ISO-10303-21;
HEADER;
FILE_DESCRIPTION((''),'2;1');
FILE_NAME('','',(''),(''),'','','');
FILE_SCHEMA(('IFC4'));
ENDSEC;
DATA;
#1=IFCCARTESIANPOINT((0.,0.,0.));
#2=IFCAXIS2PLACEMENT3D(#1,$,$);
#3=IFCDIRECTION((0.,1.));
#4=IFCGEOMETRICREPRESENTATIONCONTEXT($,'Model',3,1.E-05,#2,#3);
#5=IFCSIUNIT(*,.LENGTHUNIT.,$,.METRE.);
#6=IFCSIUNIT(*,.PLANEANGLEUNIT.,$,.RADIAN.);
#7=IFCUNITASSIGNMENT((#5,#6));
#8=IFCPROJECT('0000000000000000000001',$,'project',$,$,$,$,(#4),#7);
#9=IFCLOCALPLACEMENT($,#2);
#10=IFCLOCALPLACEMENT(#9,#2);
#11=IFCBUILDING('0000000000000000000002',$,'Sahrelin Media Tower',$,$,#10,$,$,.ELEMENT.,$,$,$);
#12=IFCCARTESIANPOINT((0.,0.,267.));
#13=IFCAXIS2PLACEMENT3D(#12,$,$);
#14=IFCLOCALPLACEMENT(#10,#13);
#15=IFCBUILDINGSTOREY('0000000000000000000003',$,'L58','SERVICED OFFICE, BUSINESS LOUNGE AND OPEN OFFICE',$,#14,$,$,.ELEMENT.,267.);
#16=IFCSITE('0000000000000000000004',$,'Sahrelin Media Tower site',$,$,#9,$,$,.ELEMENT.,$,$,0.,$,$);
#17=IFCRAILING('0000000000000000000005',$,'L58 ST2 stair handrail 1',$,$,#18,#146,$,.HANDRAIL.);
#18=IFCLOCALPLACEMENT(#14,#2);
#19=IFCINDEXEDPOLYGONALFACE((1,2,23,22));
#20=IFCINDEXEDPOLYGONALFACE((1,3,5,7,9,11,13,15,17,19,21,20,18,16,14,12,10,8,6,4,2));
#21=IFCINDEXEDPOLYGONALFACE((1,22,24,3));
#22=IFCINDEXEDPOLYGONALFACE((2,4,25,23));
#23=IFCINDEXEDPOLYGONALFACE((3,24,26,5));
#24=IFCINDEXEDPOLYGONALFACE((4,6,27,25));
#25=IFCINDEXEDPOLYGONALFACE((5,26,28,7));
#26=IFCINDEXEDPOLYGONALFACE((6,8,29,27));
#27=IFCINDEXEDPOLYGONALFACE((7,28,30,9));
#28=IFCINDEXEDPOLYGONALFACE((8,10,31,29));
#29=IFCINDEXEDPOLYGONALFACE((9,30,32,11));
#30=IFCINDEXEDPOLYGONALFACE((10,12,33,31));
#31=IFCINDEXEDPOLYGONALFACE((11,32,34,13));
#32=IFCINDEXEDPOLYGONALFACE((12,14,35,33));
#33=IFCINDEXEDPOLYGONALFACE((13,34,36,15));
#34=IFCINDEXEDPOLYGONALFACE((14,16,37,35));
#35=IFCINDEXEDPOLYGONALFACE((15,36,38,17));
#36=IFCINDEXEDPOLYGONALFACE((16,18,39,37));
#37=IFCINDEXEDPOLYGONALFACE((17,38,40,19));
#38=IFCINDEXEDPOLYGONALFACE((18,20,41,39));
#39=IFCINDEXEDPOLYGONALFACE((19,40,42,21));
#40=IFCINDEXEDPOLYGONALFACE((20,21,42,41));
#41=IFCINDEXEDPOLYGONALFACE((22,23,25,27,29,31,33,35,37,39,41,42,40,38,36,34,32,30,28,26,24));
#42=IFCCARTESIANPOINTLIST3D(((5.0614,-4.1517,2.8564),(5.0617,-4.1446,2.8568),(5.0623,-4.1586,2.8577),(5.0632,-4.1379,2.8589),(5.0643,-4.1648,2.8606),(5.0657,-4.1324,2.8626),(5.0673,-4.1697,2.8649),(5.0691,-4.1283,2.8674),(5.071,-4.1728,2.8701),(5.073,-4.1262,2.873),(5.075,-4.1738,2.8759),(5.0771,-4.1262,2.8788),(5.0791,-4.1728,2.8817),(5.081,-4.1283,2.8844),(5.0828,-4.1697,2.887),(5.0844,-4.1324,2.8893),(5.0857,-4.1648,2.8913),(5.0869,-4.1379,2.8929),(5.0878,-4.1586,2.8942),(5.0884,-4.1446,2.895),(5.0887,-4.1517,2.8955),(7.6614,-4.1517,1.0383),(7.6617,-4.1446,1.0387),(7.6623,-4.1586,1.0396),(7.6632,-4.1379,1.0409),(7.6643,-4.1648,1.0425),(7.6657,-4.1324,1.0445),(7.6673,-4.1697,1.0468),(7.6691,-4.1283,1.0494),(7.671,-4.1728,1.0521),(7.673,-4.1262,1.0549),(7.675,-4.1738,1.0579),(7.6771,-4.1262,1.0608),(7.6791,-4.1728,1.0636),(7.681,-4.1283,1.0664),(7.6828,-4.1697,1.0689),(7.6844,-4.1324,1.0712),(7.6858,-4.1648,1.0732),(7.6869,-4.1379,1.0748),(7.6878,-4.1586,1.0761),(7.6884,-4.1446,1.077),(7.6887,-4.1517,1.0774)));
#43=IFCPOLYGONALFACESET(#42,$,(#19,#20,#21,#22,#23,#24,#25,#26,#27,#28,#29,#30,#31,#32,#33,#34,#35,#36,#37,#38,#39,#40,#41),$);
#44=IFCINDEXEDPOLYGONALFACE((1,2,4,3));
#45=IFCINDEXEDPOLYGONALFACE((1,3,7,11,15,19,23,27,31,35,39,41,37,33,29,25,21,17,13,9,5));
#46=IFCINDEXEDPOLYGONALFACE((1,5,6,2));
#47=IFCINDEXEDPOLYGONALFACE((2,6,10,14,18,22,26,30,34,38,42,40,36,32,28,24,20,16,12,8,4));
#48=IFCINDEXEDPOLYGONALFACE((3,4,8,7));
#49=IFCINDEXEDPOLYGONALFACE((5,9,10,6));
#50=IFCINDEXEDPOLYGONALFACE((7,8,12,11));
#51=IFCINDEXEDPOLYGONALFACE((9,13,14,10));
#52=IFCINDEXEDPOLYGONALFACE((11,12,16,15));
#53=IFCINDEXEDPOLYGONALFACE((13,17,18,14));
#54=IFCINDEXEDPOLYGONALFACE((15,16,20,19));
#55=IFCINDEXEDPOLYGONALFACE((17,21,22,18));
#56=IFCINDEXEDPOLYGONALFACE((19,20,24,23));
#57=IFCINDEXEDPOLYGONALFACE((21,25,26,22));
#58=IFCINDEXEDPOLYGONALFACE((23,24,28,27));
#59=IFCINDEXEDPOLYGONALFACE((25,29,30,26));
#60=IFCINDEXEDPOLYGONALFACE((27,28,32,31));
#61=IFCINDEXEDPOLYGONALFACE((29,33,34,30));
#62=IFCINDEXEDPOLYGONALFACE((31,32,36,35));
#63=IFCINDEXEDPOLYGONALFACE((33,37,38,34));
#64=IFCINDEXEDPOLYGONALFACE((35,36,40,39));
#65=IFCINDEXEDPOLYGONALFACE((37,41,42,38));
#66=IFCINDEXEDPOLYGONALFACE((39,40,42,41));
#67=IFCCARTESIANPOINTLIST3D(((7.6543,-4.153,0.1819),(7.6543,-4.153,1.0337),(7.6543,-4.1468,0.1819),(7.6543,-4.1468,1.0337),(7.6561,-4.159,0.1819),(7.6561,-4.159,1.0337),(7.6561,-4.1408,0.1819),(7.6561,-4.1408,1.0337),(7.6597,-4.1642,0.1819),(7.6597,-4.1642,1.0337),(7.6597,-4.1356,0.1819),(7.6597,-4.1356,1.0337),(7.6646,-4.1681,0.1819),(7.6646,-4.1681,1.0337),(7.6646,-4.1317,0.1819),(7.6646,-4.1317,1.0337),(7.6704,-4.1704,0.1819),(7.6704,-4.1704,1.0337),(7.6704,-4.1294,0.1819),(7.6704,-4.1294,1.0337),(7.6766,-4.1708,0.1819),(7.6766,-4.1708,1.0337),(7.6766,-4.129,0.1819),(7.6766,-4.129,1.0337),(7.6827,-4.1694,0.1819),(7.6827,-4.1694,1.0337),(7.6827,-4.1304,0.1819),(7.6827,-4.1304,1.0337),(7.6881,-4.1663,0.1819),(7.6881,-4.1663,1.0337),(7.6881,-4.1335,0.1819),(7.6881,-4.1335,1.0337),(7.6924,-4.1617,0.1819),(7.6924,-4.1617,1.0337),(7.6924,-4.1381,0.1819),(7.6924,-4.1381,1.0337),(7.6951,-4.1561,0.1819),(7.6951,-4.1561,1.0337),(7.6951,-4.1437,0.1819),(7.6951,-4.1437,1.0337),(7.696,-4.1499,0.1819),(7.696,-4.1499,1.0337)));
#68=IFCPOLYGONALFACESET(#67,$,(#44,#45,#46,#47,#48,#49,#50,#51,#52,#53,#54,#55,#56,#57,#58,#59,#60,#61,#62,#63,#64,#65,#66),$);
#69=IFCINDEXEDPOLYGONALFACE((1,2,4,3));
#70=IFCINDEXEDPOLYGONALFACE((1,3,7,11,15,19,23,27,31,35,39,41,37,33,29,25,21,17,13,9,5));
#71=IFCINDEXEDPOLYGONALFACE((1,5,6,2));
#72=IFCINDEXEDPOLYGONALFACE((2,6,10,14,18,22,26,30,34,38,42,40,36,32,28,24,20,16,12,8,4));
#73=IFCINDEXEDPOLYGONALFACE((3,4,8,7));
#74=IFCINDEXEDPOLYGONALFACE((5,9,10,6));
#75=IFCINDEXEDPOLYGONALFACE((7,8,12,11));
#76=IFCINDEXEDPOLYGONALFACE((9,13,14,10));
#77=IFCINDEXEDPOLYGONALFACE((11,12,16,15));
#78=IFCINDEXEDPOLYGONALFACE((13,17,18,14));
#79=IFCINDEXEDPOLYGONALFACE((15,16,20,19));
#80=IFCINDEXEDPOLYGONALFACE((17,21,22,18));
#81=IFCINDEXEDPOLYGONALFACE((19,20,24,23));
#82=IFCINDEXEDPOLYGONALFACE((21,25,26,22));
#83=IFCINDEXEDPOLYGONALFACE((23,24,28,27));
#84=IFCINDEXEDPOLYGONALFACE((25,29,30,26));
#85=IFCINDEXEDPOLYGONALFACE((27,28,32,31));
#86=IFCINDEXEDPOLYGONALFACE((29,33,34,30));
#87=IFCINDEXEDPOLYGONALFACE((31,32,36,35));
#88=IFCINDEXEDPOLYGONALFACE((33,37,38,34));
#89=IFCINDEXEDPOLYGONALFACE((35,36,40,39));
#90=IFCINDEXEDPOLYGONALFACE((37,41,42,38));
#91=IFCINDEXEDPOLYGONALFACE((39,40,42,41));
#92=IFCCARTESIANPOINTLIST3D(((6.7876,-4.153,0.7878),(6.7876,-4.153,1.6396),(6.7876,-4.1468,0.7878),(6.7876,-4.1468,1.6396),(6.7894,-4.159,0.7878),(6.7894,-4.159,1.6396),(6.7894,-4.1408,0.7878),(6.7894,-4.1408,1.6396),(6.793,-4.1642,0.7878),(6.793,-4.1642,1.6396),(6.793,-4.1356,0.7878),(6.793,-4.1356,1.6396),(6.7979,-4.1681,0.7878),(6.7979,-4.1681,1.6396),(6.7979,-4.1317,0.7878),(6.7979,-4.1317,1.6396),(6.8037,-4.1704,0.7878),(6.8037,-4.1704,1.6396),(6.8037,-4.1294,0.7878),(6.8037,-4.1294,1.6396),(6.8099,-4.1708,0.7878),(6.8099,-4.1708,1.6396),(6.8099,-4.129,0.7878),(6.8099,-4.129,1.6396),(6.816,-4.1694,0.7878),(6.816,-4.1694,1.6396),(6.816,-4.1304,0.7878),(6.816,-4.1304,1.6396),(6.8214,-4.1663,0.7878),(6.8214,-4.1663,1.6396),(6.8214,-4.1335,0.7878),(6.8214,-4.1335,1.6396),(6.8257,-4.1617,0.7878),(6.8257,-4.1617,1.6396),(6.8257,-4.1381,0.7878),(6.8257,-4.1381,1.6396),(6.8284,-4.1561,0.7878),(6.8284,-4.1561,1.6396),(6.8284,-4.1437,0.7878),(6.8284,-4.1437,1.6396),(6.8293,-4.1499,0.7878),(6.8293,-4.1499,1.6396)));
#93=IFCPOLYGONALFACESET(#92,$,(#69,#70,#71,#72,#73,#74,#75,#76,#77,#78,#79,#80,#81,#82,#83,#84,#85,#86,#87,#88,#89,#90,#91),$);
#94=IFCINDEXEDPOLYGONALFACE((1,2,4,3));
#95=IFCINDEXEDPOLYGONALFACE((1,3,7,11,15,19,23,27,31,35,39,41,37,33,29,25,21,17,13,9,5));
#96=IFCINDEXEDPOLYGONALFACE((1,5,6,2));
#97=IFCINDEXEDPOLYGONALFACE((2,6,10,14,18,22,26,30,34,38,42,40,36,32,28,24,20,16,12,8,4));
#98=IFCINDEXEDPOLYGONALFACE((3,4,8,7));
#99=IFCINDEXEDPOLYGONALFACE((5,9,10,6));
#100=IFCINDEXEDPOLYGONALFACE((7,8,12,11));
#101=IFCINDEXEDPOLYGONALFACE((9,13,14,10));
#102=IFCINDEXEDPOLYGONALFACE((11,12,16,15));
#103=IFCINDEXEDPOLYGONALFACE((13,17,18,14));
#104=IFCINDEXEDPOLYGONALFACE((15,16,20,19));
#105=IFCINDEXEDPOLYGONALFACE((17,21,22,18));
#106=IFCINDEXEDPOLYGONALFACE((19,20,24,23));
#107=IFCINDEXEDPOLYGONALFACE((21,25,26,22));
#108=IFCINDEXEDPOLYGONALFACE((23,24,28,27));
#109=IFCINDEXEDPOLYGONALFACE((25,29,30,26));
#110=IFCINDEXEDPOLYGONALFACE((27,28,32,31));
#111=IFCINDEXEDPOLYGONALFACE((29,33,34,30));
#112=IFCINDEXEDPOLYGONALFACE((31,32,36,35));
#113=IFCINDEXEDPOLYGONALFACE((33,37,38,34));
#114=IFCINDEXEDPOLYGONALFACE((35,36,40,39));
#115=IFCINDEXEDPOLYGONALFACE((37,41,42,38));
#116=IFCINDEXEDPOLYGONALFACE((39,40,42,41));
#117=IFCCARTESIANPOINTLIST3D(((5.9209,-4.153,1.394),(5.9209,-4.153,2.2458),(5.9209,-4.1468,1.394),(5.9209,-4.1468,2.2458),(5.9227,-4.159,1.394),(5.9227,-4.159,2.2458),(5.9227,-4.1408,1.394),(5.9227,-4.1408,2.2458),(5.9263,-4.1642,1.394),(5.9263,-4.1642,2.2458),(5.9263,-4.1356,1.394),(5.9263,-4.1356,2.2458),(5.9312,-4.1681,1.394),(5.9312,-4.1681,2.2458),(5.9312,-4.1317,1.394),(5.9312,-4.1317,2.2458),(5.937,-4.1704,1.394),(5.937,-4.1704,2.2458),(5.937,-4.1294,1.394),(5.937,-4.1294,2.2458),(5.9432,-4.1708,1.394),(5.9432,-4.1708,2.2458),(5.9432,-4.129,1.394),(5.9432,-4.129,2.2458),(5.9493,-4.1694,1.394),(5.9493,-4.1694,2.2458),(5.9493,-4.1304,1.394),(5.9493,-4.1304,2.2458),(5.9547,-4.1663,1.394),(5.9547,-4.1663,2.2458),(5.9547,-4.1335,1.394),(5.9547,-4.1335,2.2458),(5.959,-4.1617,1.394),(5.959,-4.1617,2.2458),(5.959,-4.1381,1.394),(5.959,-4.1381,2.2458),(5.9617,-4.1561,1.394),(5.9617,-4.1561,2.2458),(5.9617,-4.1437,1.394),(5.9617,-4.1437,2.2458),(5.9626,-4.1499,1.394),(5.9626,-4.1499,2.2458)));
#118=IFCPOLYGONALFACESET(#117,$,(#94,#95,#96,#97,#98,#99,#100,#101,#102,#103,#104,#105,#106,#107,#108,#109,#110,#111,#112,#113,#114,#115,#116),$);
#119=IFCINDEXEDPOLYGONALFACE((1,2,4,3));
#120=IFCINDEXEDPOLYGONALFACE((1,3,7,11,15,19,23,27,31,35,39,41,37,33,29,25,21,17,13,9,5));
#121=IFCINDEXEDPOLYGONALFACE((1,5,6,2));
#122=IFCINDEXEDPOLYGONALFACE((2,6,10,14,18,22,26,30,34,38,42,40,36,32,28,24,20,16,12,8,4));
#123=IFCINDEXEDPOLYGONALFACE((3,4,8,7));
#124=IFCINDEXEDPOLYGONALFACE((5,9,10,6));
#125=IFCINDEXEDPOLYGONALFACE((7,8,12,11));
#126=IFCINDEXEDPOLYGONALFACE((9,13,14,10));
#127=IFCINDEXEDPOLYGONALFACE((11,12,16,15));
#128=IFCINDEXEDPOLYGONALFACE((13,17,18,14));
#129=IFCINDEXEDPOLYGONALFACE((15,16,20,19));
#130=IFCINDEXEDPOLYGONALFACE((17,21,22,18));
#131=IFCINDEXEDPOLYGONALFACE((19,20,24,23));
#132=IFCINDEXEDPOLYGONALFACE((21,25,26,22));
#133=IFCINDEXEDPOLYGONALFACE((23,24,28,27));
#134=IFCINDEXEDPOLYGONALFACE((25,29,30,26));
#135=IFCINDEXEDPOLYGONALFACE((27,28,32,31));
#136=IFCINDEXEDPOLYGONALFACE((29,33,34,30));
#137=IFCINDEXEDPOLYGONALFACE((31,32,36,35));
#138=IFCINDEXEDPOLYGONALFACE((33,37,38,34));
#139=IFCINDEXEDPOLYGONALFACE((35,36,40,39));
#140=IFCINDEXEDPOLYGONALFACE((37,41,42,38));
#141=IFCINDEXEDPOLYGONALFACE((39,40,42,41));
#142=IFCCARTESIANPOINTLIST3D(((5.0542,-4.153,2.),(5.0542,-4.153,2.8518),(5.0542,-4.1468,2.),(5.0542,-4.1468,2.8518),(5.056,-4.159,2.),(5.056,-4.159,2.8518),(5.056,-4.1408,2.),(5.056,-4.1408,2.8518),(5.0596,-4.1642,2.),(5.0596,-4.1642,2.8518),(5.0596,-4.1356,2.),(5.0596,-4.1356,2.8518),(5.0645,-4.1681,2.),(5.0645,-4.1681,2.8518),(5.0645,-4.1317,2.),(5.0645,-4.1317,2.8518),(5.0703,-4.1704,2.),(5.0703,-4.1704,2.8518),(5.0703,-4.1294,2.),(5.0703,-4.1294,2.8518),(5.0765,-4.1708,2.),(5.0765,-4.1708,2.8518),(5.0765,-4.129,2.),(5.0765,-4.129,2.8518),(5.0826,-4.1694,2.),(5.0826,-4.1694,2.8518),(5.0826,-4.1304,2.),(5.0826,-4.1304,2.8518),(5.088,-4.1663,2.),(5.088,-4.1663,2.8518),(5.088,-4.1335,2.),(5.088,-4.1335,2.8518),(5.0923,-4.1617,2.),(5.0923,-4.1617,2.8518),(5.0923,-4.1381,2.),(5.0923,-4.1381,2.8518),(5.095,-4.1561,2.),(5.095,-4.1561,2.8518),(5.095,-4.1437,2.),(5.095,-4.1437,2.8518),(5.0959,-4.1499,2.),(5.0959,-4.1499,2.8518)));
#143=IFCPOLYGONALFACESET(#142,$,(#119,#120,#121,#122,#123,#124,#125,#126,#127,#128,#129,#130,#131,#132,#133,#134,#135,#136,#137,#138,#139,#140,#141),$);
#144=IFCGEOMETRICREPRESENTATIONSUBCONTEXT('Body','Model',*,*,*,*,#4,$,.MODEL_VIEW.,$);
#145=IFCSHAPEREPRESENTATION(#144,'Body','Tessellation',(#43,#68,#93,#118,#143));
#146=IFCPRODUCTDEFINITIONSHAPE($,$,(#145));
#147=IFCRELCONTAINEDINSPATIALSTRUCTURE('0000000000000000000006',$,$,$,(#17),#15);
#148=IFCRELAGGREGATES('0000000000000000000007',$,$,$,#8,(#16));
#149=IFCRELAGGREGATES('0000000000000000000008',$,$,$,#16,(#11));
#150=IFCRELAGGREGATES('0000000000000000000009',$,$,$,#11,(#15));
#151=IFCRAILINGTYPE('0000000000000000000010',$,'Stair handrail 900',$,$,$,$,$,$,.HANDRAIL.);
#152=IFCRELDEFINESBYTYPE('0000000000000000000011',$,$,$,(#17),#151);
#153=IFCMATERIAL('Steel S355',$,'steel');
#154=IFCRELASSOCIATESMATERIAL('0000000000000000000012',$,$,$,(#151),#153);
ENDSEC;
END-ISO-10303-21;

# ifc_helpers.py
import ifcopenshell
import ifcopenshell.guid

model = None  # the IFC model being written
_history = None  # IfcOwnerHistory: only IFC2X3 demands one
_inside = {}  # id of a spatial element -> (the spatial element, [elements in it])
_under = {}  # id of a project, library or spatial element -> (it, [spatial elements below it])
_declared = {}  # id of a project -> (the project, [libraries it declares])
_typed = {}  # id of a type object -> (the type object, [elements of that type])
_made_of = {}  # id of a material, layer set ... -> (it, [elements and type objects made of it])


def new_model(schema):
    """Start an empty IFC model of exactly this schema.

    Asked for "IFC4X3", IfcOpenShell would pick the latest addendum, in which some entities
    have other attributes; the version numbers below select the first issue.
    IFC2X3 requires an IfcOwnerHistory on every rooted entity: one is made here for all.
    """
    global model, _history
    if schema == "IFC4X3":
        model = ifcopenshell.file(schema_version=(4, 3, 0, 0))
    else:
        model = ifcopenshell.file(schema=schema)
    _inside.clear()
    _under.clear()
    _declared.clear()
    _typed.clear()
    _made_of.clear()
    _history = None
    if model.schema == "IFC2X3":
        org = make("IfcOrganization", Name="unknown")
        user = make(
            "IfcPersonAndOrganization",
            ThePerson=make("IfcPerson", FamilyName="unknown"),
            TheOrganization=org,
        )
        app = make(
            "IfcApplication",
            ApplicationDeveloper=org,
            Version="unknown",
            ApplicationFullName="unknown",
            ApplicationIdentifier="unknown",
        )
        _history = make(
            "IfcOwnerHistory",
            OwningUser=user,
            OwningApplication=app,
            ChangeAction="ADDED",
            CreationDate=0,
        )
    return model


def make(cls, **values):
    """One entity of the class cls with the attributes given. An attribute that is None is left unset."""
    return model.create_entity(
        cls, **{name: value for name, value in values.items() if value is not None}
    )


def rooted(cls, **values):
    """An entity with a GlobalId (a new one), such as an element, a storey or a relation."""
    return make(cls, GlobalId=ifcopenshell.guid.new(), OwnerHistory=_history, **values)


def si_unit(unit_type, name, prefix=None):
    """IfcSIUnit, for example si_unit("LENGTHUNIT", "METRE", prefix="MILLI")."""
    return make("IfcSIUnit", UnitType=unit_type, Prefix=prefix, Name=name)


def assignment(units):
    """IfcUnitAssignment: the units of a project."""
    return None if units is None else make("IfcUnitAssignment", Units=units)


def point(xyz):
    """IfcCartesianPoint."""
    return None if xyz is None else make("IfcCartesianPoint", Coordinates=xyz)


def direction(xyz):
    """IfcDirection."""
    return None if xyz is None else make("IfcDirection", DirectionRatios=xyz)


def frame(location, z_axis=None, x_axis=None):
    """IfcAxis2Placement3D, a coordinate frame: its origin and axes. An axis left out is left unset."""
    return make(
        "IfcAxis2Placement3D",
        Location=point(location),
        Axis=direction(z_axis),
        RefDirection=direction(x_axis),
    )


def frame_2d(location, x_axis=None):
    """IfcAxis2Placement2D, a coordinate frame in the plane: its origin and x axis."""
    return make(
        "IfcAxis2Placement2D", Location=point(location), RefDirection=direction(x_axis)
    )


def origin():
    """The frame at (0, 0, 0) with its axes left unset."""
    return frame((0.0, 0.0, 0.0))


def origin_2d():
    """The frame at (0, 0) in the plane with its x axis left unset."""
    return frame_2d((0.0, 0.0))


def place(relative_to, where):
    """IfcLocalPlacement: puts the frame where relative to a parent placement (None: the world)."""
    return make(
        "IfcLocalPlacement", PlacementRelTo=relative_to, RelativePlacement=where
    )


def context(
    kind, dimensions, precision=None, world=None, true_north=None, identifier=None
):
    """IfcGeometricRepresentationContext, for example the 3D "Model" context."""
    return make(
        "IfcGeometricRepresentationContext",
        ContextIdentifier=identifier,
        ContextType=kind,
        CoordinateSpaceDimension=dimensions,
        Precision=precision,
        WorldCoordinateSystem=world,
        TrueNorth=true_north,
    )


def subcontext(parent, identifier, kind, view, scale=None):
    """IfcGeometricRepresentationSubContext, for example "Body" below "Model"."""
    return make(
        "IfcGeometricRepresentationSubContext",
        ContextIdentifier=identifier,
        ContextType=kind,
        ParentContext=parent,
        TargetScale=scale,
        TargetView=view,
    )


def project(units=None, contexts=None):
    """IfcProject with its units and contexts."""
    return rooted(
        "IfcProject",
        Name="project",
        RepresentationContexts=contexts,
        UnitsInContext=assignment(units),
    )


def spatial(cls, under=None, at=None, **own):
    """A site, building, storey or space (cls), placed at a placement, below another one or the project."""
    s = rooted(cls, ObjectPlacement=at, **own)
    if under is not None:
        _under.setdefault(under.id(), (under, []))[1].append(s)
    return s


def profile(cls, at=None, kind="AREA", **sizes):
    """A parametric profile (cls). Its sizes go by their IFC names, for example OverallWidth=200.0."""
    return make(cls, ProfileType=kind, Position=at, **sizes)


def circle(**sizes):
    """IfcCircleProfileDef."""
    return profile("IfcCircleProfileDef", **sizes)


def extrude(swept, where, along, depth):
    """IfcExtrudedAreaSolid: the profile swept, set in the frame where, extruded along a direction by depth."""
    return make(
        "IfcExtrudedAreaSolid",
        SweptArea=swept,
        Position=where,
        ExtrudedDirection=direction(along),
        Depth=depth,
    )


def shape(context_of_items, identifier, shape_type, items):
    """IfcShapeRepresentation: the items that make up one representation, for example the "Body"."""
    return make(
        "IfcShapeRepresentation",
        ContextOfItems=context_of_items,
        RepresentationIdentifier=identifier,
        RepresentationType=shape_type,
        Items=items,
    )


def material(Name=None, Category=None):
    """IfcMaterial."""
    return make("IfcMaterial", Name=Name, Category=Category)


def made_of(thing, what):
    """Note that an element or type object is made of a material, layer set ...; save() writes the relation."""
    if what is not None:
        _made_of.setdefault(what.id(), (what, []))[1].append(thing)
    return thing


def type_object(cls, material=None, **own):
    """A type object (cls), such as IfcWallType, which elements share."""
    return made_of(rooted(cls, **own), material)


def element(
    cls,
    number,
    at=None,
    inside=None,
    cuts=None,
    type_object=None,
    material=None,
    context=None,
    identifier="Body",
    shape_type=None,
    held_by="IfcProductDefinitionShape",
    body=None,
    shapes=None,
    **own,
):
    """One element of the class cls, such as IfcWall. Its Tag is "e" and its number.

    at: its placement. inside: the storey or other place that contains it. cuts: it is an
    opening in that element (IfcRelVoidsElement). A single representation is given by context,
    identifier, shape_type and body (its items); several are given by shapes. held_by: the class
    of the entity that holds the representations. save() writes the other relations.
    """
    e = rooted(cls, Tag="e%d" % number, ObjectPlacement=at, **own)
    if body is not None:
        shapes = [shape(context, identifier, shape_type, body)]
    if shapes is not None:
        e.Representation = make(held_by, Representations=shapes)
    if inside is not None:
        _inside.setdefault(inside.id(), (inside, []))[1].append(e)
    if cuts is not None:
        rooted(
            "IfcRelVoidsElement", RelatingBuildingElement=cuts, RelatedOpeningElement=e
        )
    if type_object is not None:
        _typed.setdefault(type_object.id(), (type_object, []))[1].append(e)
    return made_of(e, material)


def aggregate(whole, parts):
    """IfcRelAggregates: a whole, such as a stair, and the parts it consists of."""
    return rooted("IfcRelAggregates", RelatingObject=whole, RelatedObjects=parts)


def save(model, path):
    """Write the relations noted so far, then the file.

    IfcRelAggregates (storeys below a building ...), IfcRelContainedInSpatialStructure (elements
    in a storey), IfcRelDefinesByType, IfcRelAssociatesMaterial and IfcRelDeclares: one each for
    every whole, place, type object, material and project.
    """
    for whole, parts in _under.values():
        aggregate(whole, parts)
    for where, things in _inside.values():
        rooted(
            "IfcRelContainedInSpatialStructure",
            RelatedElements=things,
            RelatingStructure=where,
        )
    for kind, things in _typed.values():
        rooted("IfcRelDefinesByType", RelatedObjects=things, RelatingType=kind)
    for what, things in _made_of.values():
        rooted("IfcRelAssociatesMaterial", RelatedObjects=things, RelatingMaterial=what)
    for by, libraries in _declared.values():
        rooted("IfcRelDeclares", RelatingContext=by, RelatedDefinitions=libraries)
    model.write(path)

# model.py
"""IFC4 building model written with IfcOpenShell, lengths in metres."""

from ifc_helpers import new_model, si_unit, direction, frame, origin, origin_2d, place, context, subcontext, project, spatial, circle, extrude, material, type_object, element, save


model = new_model("IFC4")

# Units and contexts
model_context = context("Model", 3, precision=1e-05, world=origin(), true_north=direction((0.0, 1.0)))
body_context = subcontext(model_context, "Body", "Model", "MODEL_VIEW")
ifc_project = project(units=[si_unit("LENGTHUNIT", "METRE"), si_unit("PLANEANGLEUNIT", "RADIAN")], contexts=[model_context])

# Site, building, storey
site_placement = place(None, origin())
site = spatial("IfcSite", under=ifc_project, at=site_placement, Name="Sahrelin Media Tower site", CompositionType="ELEMENT", RefElevation=0.0)
building_placement = place(site_placement, origin())
building = spatial("IfcBuilding", under=site, at=building_placement, Name="Sahrelin Media Tower", CompositionType="ELEMENT")
storey_placement = place(building_placement, frame((0.0, 0.0, 267.0)))
storey = spatial("IfcBuildingStorey", under=building, at=storey_placement, Name="L58", Description="SERVICED OFFICE, BUSINESS LOUNGE AND OPEN OFFICE", CompositionType="ELEMENT", Elevation=267.0)

# Shared definitions
ifc_material_1 = material(Name="Steel S355", Category="steel")

# Railing
railing_type_1 = type_object("IfcRailingType", Name="Stair handrail 900", PredefinedType="HANDRAIL", material=ifc_material_1)
railing_1_placement = place(storey_placement, frame((7.675, -4.1499, 0.1819)))
element("IfcRailing", 1, at=railing_1_placement, inside=storey, type_object=railing_type_1, Name="L58 ST2 stair handrail 1", PredefinedType="HANDRAIL", context=body_context, shape_type="SweptSolid", body=[
    extrude(circle(Radius=0.0239, at=origin_2d()), frame((0.0, 0.0, 0.876), z_axis=(-0.819521, 0.0, 0.573049), x_axis=(0.0, -1.0, 0.0)), (0.0, 0.0, 1.0), 3.1726),
    extrude(circle(Radius=0.021, at=origin_2d()), origin(), (0.0, 0.0, 1.0), 0.8518),
    extrude(circle(Radius=0.021, at=origin_2d()), frame((-0.8667, 0.0, 0.606)), (0.0, 0.0, 1.0), 0.8518),
    extrude(circle(Radius=0.021, at=origin_2d()), frame((-1.7334, 0.0, 1.2122)), (0.0, 0.0, 1.0), 0.8518),
    extrude(circle(Radius=0.021, at=origin_2d()), frame((-2.6001, 0.0, 1.8181)), (0.0, 0.0, 1.0), 0.8518),
])

save(model, "model.ifc")
